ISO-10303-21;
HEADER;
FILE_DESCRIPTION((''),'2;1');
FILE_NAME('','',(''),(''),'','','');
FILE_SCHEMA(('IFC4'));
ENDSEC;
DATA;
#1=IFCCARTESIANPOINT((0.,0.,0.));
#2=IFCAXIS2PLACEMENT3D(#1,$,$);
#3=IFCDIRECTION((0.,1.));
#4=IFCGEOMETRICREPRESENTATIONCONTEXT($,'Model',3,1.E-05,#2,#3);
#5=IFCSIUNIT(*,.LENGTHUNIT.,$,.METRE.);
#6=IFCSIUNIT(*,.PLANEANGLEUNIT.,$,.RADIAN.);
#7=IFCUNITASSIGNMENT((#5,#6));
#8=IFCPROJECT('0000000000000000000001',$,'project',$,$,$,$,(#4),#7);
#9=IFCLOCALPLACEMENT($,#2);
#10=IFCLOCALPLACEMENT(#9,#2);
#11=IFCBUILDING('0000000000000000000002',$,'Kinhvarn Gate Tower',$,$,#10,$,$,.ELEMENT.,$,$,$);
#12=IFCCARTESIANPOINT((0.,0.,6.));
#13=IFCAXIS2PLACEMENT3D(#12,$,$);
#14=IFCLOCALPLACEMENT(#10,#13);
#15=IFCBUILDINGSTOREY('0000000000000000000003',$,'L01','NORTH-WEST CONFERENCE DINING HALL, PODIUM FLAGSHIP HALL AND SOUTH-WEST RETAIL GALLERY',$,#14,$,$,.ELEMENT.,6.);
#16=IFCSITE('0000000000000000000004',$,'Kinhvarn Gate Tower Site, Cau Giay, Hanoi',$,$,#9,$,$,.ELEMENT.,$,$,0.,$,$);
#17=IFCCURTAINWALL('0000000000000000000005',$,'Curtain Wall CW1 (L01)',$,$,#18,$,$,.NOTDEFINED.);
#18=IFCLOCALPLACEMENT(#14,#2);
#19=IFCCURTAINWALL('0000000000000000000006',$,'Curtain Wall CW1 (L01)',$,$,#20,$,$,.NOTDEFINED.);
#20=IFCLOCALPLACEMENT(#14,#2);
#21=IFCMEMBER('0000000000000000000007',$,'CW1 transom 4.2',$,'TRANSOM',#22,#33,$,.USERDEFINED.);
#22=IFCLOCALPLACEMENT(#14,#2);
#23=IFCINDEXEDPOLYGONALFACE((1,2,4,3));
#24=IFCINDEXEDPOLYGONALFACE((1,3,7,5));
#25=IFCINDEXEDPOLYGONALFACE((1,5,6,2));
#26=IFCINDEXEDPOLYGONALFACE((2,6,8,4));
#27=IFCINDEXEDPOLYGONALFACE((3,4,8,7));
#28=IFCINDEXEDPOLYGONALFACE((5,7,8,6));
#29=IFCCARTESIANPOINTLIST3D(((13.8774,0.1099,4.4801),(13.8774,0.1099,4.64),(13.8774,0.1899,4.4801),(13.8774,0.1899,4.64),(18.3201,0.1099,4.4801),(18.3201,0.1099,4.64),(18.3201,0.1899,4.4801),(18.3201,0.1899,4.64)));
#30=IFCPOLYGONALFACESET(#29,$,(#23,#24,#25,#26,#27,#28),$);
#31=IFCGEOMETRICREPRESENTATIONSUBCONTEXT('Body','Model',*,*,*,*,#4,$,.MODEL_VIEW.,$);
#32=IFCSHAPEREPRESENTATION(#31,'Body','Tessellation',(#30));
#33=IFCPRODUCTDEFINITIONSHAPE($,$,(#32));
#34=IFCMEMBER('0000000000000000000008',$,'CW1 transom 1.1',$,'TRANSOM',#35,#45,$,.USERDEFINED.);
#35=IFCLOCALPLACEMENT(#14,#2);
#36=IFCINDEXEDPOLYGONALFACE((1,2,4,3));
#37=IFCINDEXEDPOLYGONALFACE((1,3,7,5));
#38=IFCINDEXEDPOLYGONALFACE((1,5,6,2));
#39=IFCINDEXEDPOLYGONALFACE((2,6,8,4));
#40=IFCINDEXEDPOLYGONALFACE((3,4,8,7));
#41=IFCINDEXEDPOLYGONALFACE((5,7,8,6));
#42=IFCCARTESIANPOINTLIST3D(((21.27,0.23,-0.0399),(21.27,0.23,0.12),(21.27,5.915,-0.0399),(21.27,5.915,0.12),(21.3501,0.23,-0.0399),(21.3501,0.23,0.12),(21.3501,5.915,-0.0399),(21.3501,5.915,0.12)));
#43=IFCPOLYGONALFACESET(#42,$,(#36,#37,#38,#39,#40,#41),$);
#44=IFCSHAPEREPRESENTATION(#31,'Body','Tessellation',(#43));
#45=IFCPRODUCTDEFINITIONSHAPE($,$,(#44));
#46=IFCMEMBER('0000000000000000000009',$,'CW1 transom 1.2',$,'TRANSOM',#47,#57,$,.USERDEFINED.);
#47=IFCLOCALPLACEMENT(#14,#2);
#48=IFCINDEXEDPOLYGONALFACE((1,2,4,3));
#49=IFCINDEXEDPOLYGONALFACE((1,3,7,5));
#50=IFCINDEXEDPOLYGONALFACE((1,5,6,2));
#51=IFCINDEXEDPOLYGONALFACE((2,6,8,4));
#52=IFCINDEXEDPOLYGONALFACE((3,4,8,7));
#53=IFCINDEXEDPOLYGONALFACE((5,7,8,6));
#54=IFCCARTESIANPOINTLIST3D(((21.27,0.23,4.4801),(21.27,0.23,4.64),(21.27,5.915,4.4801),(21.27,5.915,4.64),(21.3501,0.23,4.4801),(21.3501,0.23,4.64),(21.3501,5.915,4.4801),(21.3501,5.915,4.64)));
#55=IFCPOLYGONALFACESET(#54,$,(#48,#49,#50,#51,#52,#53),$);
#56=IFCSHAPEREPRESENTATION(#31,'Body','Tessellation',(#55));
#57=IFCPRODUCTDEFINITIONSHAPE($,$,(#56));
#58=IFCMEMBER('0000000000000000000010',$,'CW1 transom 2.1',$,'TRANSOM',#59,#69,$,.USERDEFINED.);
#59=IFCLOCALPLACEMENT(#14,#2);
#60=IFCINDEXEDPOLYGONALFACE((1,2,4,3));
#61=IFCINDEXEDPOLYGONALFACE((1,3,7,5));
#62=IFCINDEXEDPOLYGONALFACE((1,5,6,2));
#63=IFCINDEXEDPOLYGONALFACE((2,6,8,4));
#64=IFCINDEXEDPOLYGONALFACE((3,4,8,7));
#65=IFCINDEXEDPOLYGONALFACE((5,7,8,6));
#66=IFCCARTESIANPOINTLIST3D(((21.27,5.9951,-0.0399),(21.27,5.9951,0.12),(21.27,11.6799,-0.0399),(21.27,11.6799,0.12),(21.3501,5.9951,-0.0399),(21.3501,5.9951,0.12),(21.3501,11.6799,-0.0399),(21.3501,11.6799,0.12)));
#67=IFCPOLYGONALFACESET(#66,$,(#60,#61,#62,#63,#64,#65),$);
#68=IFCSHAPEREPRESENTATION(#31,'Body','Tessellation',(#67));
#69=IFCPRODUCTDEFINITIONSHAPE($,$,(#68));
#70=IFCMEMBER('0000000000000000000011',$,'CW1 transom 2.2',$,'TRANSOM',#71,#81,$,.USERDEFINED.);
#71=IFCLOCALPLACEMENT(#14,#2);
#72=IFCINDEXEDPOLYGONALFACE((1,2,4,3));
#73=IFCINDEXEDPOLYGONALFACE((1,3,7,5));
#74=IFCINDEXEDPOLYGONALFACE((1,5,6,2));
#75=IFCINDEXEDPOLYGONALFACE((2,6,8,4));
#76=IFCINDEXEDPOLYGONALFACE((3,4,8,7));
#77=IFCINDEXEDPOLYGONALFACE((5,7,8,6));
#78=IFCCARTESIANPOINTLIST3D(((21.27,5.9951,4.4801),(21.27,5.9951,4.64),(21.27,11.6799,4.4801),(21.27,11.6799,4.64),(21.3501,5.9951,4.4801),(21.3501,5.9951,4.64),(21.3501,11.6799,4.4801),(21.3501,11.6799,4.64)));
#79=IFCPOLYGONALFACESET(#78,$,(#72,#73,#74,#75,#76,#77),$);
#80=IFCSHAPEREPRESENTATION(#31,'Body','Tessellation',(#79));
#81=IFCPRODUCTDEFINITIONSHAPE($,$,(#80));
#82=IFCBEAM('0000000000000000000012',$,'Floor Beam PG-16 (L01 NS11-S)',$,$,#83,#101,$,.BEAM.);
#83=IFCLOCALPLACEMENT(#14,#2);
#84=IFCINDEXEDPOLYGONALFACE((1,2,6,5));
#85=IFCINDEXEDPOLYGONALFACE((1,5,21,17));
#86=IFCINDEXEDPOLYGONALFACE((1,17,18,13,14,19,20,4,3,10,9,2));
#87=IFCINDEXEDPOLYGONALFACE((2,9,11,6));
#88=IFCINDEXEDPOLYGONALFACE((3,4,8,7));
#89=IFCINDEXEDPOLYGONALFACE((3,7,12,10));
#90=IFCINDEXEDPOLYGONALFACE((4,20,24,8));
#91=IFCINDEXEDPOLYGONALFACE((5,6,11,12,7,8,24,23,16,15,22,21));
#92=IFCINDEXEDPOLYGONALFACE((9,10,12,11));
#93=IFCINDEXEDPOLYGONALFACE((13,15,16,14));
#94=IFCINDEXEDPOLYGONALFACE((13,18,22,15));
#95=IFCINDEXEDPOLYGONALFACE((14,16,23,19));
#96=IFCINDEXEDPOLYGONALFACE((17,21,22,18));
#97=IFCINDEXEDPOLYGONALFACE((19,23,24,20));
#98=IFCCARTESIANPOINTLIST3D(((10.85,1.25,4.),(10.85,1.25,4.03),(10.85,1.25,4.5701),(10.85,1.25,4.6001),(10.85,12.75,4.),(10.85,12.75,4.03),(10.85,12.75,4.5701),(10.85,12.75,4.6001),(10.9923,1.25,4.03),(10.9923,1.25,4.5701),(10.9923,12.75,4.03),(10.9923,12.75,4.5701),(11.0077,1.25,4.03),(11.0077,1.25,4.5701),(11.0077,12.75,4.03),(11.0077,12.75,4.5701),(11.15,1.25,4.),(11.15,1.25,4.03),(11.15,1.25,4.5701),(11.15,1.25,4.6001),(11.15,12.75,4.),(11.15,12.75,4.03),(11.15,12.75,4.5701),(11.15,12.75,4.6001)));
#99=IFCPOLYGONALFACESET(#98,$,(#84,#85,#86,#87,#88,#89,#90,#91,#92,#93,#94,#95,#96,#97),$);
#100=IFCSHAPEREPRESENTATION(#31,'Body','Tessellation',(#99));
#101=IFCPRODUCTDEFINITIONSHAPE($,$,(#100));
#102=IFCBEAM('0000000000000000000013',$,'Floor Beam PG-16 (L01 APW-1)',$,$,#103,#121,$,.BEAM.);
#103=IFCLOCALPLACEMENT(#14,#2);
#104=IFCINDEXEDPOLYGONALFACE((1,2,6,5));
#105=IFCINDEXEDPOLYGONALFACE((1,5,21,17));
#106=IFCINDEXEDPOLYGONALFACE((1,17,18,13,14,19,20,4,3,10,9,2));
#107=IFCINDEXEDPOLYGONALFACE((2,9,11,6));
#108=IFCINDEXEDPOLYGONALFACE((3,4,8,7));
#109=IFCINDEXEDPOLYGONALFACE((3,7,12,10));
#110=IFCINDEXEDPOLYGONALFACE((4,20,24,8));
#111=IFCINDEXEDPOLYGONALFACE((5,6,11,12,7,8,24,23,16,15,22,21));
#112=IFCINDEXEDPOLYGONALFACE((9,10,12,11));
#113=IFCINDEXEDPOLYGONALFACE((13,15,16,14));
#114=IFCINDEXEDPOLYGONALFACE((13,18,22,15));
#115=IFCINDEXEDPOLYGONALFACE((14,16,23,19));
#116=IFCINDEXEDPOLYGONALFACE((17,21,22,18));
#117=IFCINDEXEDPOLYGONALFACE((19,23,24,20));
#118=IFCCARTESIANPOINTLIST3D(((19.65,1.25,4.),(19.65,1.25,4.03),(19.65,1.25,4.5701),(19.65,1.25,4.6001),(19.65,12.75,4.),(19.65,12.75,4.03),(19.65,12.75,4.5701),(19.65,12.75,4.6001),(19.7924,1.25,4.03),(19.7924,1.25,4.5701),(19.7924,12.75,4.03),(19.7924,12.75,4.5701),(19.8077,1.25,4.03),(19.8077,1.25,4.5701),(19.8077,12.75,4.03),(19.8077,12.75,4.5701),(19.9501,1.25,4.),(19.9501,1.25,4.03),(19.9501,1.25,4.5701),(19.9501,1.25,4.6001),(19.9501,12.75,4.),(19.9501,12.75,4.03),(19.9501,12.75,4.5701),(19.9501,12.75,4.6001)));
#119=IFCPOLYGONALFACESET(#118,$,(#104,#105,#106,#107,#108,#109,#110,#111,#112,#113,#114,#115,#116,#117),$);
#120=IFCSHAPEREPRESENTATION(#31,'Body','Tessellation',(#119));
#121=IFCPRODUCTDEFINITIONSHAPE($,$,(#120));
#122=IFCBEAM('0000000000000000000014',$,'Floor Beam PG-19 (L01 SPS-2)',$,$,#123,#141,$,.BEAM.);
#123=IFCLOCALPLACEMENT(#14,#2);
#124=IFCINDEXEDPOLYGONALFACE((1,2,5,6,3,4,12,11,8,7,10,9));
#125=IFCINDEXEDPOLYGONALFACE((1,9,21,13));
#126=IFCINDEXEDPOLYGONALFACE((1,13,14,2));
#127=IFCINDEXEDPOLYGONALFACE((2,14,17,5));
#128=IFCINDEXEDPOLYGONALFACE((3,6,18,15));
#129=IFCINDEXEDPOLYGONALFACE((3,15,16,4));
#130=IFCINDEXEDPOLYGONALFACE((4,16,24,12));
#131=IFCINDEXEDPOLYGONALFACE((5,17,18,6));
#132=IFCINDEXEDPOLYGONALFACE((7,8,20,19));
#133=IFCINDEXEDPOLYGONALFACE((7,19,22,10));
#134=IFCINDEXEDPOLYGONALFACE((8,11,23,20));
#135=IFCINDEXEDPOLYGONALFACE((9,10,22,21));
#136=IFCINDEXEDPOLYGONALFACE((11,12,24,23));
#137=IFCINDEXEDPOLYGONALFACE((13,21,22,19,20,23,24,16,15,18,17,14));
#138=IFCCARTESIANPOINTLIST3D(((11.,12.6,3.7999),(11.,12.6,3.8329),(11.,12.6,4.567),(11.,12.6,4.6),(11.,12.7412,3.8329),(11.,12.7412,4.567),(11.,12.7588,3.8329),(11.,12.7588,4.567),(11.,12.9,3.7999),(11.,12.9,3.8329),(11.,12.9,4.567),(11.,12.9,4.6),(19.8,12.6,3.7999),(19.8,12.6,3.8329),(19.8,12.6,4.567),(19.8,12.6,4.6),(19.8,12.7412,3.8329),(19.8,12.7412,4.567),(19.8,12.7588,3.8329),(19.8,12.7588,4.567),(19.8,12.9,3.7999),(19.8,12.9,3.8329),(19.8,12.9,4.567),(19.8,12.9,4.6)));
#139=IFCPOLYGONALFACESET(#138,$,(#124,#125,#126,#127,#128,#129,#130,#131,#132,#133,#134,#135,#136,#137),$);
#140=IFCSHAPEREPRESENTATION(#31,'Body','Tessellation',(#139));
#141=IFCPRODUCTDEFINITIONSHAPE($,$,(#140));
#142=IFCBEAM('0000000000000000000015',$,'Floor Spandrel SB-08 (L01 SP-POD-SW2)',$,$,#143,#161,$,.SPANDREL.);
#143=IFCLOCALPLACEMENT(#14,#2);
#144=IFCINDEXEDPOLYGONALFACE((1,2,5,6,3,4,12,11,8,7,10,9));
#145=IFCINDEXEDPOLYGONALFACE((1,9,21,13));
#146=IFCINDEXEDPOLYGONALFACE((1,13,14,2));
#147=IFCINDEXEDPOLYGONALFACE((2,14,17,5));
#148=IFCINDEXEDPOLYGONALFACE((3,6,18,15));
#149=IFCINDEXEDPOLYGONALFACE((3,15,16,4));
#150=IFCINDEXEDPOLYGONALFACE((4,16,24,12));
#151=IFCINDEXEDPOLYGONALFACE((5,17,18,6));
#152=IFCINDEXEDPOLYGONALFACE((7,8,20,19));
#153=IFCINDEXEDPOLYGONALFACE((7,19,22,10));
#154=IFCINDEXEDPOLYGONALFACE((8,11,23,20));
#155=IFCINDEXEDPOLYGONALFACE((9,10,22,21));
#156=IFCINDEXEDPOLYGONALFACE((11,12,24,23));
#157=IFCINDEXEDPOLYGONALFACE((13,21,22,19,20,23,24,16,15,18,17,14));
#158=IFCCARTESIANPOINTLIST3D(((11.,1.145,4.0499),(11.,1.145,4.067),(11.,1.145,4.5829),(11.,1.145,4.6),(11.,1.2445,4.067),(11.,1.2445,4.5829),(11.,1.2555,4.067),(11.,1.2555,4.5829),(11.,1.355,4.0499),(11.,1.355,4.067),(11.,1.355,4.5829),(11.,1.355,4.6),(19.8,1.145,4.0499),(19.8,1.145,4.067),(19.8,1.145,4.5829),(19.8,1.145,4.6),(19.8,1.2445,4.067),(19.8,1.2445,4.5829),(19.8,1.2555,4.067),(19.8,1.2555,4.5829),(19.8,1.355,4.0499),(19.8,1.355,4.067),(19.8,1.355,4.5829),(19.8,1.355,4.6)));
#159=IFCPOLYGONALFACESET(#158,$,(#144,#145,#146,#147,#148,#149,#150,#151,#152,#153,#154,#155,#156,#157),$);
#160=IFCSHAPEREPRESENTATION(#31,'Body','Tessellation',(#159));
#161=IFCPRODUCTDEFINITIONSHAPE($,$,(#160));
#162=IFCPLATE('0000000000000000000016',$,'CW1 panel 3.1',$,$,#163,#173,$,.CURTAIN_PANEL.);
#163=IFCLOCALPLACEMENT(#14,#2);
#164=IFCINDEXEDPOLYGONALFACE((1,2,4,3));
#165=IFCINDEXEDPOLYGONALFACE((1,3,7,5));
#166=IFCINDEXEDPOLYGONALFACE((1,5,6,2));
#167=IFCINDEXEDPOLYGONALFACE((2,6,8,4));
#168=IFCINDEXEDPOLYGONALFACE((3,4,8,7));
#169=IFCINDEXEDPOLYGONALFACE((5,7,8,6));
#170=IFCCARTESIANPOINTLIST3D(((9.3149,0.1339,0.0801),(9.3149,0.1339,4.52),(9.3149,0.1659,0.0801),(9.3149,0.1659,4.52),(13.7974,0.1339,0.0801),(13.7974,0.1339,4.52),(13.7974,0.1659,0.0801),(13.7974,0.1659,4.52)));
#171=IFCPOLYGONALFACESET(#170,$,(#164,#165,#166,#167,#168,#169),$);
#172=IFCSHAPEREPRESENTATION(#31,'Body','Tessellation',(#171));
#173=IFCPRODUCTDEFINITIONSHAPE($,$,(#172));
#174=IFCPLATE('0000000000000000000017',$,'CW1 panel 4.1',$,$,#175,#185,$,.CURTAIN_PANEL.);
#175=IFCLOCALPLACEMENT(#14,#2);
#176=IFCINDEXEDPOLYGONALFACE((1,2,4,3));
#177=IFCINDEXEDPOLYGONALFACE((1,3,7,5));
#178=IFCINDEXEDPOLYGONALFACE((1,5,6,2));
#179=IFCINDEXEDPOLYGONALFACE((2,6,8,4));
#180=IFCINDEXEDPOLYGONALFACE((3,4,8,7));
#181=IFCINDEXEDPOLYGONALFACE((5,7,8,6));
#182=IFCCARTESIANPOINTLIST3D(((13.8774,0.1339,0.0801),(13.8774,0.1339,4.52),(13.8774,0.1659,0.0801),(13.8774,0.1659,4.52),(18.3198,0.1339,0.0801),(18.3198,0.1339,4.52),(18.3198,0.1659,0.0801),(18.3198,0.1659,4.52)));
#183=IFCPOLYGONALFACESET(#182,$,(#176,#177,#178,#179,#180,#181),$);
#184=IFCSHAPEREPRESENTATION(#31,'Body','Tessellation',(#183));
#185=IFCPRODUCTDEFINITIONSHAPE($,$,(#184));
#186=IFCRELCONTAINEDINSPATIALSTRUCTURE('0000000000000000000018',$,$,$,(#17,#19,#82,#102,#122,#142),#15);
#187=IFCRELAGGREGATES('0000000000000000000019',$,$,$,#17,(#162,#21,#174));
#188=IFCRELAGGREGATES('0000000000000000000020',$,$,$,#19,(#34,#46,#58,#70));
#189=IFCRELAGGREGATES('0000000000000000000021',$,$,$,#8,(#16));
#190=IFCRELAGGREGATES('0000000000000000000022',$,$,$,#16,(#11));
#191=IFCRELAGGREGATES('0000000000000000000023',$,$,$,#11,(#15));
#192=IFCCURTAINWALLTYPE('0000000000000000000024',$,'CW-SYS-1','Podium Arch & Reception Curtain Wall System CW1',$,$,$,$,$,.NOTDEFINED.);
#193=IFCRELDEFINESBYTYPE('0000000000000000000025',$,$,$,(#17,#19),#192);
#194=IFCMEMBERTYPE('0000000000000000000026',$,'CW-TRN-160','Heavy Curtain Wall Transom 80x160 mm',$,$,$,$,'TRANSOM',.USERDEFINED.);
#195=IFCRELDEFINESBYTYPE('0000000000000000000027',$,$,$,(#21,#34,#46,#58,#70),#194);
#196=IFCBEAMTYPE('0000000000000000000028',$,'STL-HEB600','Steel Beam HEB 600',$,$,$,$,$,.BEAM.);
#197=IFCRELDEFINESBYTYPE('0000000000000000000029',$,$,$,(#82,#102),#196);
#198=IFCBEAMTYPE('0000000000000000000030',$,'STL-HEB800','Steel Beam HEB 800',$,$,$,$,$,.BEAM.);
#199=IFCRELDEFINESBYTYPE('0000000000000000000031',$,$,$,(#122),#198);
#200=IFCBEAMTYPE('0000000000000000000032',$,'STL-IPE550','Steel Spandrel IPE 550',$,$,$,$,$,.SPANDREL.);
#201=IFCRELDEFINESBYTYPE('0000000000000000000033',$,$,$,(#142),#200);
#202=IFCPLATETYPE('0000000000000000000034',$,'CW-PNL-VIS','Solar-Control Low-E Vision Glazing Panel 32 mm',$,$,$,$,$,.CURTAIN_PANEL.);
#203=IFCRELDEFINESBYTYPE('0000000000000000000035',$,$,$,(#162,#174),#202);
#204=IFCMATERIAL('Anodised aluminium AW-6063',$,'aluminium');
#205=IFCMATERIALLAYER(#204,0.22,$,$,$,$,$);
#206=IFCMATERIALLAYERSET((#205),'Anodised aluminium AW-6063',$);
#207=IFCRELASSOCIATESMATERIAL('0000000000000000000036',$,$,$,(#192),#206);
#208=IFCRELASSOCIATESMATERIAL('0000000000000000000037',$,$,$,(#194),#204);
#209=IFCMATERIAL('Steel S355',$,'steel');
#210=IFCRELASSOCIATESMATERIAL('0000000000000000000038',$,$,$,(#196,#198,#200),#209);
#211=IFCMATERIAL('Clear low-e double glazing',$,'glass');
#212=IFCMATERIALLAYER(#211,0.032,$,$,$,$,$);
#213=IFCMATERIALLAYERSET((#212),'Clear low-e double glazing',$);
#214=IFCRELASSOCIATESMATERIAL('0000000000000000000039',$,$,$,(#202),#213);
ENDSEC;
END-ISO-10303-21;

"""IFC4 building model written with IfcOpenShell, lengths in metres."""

from ifc_helpers import new_model, si_unit, direction, frame, origin, origin_2d, place, context, subcontext, project, spatial, rectangle, i_section, extrude, material, layer, layer_set, material_profile, profile_set, type_object, element, aggregate, save


model = new_model("IFC4")

# Units and contexts
model_context = context("Model", 3, precision=1e-05, world=origin(), true_north=direction((0.0, 1.0)))
body_context = subcontext(model_context, "Body", "Model", "MODEL_VIEW")
ifc_project = project(units=[si_unit("LENGTHUNIT", "METRE"), si_unit("PLANEANGLEUNIT", "RADIAN")], contexts=[model_context])

# Site, building, storey
site_placement = place(None, origin())
site = spatial("IfcSite", under=ifc_project, at=site_placement, Name="Kinhvarn Gate Tower Site, Cau Giay, Hanoi", CompositionType="ELEMENT", RefElevation=0.0)
building_placement = place(site_placement, origin())
building = spatial("IfcBuilding", under=site, at=building_placement, Name="Kinhvarn Gate Tower", CompositionType="ELEMENT")
storey_placement = place(building_placement, frame((0.0, 0.0, 6.0)))
storey = spatial("IfcBuildingStorey", under=building, at=storey_placement, Name="L01", Description="NORTH-WEST CONFERENCE DINING HALL, PODIUM FLAGSHIP HALL AND SOUTH-WEST RETAIL GALLERY", CompositionType="ELEMENT", Elevation=6.0)

# Curtain walls
ifc_material_1 = material(Name="Anodised aluminium AW-6063", Category="aluminium")
ifc_layer_1 = layer(ifc_material_1, 0.22)
ifc_layer_set_1 = layer_set([ifc_layer_1], Name="Anodised aluminium AW-6063")
curtain_wall_type = type_object("IfcCurtainWallType", Name="CW-SYS-1", Description="Podium Arch & Reception Curtain Wall System CW1", PredefinedType="NOTDEFINED", material=ifc_layer_set_1)
curtain_wall_1_placement = place(storey_placement, origin())
curtain_wall_1 = element("IfcCurtainWall", 1, at=curtain_wall_1_placement, inside=storey, type_object=curtain_wall_type, Name="Curtain Wall CW1 (L01)", PredefinedType="NOTDEFINED")
curtain_wall_2_placement = place(storey_placement, origin())
curtain_wall_2 = element("IfcCurtainWall", 2, at=curtain_wall_2_placement, inside=storey, type_object=curtain_wall_type, Name="Curtain Wall CW1 (L01)", PredefinedType="NOTDEFINED")

# Members
ifc_material_profile_1 = material_profile(ifc_material_1, rectangle(XDim=0.0801, YDim=0.1599, at=origin_2d()), Name="ALU 80x160")
ifc_profile_set_1 = profile_set([ifc_material_profile_1], Name="Anodised aluminium AW-6063")
member_type_1 = type_object("IfcMemberType", Name="CW-TRN-160", Description="Heavy Curtain Wall Transom 80x160 mm", ElementType="TRANSOM", PredefinedType="USERDEFINED", material=ifc_profile_set_1)
member_1_placement = place(storey_placement, frame((13.8774, 0.1499, 4.5601), z_axis=(1.0, 0.0, 0.0), x_axis=(0.0, 1.0, 0.0)))
member_1 = element("IfcMember", 3, at=member_1_placement, type_object=member_type_1, Name="CW1 transom 4.2", ObjectType="TRANSOM", PredefinedType="USERDEFINED", context=body_context, shape_type="SweptSolid", body=[
    extrude(rectangle(XDim=0.0801, YDim=0.1599, at=origin_2d()), origin(), (0.0, 0.0, 1.0), 4.4426),
])
member_2_placement = place(storey_placement, frame((21.3101, 0.23, 0.04), z_axis=(0.0, 1.0, 0.0), x_axis=(-1.0, 0.0, 0.0)))
member_2 = element("IfcMember", 4, at=member_2_placement, type_object=member_type_1, Name="CW1 transom 1.1", ObjectType="TRANSOM", PredefinedType="USERDEFINED", context=body_context, shape_type="SweptSolid", body=[
    extrude(rectangle(XDim=0.0801, YDim=0.1599, at=origin_2d()), origin(), (0.0, 0.0, 1.0), 5.6851),
])
member_3_placement = place(storey_placement, frame((21.3101, 0.23, 4.5601), z_axis=(0.0, 1.0, 0.0), x_axis=(-1.0, 0.0, 0.0)))
member_3 = element("IfcMember", 5, at=member_3_placement, type_object=member_type_1, Name="CW1 transom 1.2", ObjectType="TRANSOM", PredefinedType="USERDEFINED", context=body_context, shape_type="SweptSolid", body=[
    extrude(rectangle(XDim=0.0801, YDim=0.1599, at=origin_2d()), origin(), (0.0, 0.0, 1.0), 5.6851),
])
member_4_placement = place(storey_placement, frame((21.3101, 5.9951, 0.04), z_axis=(0.0, 1.0, 0.0), x_axis=(-1.0, 0.0, 0.0)))
member_4 = element("IfcMember", 6, at=member_4_placement, type_object=member_type_1, Name="CW1 transom 2.1", ObjectType="TRANSOM", PredefinedType="USERDEFINED", context=body_context, shape_type="SweptSolid", body=[
    extrude(rectangle(XDim=0.0801, YDim=0.1599, at=origin_2d()), origin(), (0.0, 0.0, 1.0), 5.6848),
])
member_5_placement = place(storey_placement, frame((21.3101, 5.9951, 4.5601), z_axis=(0.0, 1.0, 0.0), x_axis=(-1.0, 0.0, 0.0)))
member_5 = element("IfcMember", 7, at=member_5_placement, type_object=member_type_1, Name="CW1 transom 2.2", ObjectType="TRANSOM", PredefinedType="USERDEFINED", context=body_context, shape_type="SweptSolid", body=[
    extrude(rectangle(XDim=0.0801, YDim=0.1599, at=origin_2d()), origin(), (0.0, 0.0, 1.0), 5.6848),
])

# Beams
ifc_material_2 = material(Name="Steel S355", Category="steel")
ifc_material_profile_2 = material_profile(ifc_material_2, i_section(OverallWidth=0.3, OverallDepth=0.6001, WebThickness=0.0154, FlangeThickness=0.03, at=origin_2d()), Name="HEB 600")
ifc_profile_set_2 = profile_set([ifc_material_profile_2], Name="Steel S355")
beam_type_1 = type_object("IfcBeamType", Name="STL-HEB600", Description="Steel Beam HEB 600", PredefinedType="BEAM", material=ifc_profile_set_2)
for number, where, z_axis, x_axis, name in (
    (8, (11.0, 1.25, 4.3), (0.0, 1.0, 0.0), (-1.0, 0.0, 0.0), "Floor Beam PG-16 (L01 NS11-S)"),
    (9, (19.8, 1.25, 4.3), (0.0, 1.0, 0.0), (-1.0, 0.0, 0.0), "Floor Beam PG-16 (L01 APW-1)"),
):
    element("IfcBeam", number, at=place(storey_placement, frame(where, z_axis=z_axis, x_axis=x_axis)), inside=storey, type_object=beam_type_1, Name=name, PredefinedType="BEAM", context=body_context, shape_type="SweptSolid", body=[
        extrude(i_section(OverallWidth=0.3, OverallDepth=0.6001, WebThickness=0.0154, FlangeThickness=0.03, at=origin_2d()), origin(), (0.0, 0.0, 1.0), 11.5),
    ])
ifc_material_profile_3 = material_profile(ifc_material_2, i_section(OverallWidth=0.3, OverallDepth=0.8, WebThickness=0.0176, FlangeThickness=0.033, at=origin_2d()), Name="HEB 800")
ifc_profile_set_3 = profile_set([ifc_material_profile_3], Name="Steel S355")
beam_type_2 = type_object("IfcBeamType", Name="STL-HEB800", Description="Steel Beam HEB 800", PredefinedType="BEAM", material=ifc_profile_set_3)
beam_1_placement = place(storey_placement, frame((11.0, 12.75, 4.2), z_axis=(1.0, 0.0, 0.0), x_axis=(0.0, 1.0, 0.0)))
element("IfcBeam", 10, at=beam_1_placement, inside=storey, type_object=beam_type_2, Name="Floor Beam PG-19 (L01 SPS-2)", PredefinedType="BEAM", context=body_context, shape_type="SweptSolid", body=[
    extrude(i_section(OverallWidth=0.3, OverallDepth=0.8, WebThickness=0.0176, FlangeThickness=0.033, at=origin_2d()), origin(), (0.0, 0.0, 1.0), 8.8),
])
ifc_material_profile_4 = material_profile(ifc_material_2, i_section(OverallWidth=0.21, OverallDepth=0.55, WebThickness=0.011, FlangeThickness=0.0171, at=origin_2d()), Name="IPE 550")
ifc_profile_set_4 = profile_set([ifc_material_profile_4], Name="Steel S355")
beam_type_3 = type_object("IfcBeamType", Name="STL-IPE550", Description="Steel Spandrel IPE 550", PredefinedType="SPANDREL", material=ifc_profile_set_4)
beam_2_placement = place(storey_placement, frame((11.0, 1.25, 4.325), z_axis=(1.0, 0.0, 0.0), x_axis=(0.0, 1.0, 0.0)))
element("IfcBeam", 11, at=beam_2_placement, inside=storey, type_object=beam_type_3, Name="Floor Spandrel SB-08 (L01 SP-POD-SW2)", PredefinedType="SPANDREL", context=body_context, shape_type="SweptSolid", body=[
    extrude(i_section(OverallWidth=0.21, OverallDepth=0.55, WebThickness=0.011, FlangeThickness=0.0171, at=origin_2d()), origin(), (0.0, 0.0, 1.0), 8.8),
])

# Plates
ifc_material_3 = material(Name="Clear low-e double glazing", Category="glass")
ifc_layer_2 = layer(ifc_material_3, 0.032)
ifc_layer_set_2 = layer_set([ifc_layer_2], Name="Clear low-e double glazing")
plate_type = type_object("IfcPlateType", Name="CW-PNL-VIS", Description="Solar-Control Low-E Vision Glazing Panel 32 mm", PredefinedType="CURTAIN_PANEL", material=ifc_layer_set_2)
plate_1_placement = place(storey_placement, frame((11.5562, 0.1499, 0.0801), z_axis=(0.0, 0.0, 1.0), x_axis=(1.0, 0.0, 0.0)))
plate_1 = element("IfcPlate", 12, at=plate_1_placement, type_object=plate_type, Name="CW1 panel 3.1", PredefinedType="CURTAIN_PANEL", context=body_context, shape_type="SweptSolid", body=[
    extrude(rectangle(XDim=4.4824, YDim=0.032, at=origin_2d()), origin(), (0.0, 0.0, 1.0), 4.4399),
])
plate_2_placement = place(storey_placement, frame((16.0986, 0.1499, 0.0801), z_axis=(0.0, 0.0, 1.0), x_axis=(1.0, 0.0, 0.0)))
plate_2 = element("IfcPlate", 13, at=plate_2_placement, type_object=plate_type, Name="CW1 panel 4.1", PredefinedType="CURTAIN_PANEL", context=body_context, shape_type="SweptSolid", body=[
    extrude(rectangle(XDim=4.4424, YDim=0.032, at=origin_2d()), origin(), (0.0, 0.0, 1.0), 4.4399),
])
aggregate(curtain_wall_1, [plate_1, member_1, plate_2])
aggregate(curtain_wall_2, [member_2, member_3, member_4, member_5])

save(model, "model.ifc")
